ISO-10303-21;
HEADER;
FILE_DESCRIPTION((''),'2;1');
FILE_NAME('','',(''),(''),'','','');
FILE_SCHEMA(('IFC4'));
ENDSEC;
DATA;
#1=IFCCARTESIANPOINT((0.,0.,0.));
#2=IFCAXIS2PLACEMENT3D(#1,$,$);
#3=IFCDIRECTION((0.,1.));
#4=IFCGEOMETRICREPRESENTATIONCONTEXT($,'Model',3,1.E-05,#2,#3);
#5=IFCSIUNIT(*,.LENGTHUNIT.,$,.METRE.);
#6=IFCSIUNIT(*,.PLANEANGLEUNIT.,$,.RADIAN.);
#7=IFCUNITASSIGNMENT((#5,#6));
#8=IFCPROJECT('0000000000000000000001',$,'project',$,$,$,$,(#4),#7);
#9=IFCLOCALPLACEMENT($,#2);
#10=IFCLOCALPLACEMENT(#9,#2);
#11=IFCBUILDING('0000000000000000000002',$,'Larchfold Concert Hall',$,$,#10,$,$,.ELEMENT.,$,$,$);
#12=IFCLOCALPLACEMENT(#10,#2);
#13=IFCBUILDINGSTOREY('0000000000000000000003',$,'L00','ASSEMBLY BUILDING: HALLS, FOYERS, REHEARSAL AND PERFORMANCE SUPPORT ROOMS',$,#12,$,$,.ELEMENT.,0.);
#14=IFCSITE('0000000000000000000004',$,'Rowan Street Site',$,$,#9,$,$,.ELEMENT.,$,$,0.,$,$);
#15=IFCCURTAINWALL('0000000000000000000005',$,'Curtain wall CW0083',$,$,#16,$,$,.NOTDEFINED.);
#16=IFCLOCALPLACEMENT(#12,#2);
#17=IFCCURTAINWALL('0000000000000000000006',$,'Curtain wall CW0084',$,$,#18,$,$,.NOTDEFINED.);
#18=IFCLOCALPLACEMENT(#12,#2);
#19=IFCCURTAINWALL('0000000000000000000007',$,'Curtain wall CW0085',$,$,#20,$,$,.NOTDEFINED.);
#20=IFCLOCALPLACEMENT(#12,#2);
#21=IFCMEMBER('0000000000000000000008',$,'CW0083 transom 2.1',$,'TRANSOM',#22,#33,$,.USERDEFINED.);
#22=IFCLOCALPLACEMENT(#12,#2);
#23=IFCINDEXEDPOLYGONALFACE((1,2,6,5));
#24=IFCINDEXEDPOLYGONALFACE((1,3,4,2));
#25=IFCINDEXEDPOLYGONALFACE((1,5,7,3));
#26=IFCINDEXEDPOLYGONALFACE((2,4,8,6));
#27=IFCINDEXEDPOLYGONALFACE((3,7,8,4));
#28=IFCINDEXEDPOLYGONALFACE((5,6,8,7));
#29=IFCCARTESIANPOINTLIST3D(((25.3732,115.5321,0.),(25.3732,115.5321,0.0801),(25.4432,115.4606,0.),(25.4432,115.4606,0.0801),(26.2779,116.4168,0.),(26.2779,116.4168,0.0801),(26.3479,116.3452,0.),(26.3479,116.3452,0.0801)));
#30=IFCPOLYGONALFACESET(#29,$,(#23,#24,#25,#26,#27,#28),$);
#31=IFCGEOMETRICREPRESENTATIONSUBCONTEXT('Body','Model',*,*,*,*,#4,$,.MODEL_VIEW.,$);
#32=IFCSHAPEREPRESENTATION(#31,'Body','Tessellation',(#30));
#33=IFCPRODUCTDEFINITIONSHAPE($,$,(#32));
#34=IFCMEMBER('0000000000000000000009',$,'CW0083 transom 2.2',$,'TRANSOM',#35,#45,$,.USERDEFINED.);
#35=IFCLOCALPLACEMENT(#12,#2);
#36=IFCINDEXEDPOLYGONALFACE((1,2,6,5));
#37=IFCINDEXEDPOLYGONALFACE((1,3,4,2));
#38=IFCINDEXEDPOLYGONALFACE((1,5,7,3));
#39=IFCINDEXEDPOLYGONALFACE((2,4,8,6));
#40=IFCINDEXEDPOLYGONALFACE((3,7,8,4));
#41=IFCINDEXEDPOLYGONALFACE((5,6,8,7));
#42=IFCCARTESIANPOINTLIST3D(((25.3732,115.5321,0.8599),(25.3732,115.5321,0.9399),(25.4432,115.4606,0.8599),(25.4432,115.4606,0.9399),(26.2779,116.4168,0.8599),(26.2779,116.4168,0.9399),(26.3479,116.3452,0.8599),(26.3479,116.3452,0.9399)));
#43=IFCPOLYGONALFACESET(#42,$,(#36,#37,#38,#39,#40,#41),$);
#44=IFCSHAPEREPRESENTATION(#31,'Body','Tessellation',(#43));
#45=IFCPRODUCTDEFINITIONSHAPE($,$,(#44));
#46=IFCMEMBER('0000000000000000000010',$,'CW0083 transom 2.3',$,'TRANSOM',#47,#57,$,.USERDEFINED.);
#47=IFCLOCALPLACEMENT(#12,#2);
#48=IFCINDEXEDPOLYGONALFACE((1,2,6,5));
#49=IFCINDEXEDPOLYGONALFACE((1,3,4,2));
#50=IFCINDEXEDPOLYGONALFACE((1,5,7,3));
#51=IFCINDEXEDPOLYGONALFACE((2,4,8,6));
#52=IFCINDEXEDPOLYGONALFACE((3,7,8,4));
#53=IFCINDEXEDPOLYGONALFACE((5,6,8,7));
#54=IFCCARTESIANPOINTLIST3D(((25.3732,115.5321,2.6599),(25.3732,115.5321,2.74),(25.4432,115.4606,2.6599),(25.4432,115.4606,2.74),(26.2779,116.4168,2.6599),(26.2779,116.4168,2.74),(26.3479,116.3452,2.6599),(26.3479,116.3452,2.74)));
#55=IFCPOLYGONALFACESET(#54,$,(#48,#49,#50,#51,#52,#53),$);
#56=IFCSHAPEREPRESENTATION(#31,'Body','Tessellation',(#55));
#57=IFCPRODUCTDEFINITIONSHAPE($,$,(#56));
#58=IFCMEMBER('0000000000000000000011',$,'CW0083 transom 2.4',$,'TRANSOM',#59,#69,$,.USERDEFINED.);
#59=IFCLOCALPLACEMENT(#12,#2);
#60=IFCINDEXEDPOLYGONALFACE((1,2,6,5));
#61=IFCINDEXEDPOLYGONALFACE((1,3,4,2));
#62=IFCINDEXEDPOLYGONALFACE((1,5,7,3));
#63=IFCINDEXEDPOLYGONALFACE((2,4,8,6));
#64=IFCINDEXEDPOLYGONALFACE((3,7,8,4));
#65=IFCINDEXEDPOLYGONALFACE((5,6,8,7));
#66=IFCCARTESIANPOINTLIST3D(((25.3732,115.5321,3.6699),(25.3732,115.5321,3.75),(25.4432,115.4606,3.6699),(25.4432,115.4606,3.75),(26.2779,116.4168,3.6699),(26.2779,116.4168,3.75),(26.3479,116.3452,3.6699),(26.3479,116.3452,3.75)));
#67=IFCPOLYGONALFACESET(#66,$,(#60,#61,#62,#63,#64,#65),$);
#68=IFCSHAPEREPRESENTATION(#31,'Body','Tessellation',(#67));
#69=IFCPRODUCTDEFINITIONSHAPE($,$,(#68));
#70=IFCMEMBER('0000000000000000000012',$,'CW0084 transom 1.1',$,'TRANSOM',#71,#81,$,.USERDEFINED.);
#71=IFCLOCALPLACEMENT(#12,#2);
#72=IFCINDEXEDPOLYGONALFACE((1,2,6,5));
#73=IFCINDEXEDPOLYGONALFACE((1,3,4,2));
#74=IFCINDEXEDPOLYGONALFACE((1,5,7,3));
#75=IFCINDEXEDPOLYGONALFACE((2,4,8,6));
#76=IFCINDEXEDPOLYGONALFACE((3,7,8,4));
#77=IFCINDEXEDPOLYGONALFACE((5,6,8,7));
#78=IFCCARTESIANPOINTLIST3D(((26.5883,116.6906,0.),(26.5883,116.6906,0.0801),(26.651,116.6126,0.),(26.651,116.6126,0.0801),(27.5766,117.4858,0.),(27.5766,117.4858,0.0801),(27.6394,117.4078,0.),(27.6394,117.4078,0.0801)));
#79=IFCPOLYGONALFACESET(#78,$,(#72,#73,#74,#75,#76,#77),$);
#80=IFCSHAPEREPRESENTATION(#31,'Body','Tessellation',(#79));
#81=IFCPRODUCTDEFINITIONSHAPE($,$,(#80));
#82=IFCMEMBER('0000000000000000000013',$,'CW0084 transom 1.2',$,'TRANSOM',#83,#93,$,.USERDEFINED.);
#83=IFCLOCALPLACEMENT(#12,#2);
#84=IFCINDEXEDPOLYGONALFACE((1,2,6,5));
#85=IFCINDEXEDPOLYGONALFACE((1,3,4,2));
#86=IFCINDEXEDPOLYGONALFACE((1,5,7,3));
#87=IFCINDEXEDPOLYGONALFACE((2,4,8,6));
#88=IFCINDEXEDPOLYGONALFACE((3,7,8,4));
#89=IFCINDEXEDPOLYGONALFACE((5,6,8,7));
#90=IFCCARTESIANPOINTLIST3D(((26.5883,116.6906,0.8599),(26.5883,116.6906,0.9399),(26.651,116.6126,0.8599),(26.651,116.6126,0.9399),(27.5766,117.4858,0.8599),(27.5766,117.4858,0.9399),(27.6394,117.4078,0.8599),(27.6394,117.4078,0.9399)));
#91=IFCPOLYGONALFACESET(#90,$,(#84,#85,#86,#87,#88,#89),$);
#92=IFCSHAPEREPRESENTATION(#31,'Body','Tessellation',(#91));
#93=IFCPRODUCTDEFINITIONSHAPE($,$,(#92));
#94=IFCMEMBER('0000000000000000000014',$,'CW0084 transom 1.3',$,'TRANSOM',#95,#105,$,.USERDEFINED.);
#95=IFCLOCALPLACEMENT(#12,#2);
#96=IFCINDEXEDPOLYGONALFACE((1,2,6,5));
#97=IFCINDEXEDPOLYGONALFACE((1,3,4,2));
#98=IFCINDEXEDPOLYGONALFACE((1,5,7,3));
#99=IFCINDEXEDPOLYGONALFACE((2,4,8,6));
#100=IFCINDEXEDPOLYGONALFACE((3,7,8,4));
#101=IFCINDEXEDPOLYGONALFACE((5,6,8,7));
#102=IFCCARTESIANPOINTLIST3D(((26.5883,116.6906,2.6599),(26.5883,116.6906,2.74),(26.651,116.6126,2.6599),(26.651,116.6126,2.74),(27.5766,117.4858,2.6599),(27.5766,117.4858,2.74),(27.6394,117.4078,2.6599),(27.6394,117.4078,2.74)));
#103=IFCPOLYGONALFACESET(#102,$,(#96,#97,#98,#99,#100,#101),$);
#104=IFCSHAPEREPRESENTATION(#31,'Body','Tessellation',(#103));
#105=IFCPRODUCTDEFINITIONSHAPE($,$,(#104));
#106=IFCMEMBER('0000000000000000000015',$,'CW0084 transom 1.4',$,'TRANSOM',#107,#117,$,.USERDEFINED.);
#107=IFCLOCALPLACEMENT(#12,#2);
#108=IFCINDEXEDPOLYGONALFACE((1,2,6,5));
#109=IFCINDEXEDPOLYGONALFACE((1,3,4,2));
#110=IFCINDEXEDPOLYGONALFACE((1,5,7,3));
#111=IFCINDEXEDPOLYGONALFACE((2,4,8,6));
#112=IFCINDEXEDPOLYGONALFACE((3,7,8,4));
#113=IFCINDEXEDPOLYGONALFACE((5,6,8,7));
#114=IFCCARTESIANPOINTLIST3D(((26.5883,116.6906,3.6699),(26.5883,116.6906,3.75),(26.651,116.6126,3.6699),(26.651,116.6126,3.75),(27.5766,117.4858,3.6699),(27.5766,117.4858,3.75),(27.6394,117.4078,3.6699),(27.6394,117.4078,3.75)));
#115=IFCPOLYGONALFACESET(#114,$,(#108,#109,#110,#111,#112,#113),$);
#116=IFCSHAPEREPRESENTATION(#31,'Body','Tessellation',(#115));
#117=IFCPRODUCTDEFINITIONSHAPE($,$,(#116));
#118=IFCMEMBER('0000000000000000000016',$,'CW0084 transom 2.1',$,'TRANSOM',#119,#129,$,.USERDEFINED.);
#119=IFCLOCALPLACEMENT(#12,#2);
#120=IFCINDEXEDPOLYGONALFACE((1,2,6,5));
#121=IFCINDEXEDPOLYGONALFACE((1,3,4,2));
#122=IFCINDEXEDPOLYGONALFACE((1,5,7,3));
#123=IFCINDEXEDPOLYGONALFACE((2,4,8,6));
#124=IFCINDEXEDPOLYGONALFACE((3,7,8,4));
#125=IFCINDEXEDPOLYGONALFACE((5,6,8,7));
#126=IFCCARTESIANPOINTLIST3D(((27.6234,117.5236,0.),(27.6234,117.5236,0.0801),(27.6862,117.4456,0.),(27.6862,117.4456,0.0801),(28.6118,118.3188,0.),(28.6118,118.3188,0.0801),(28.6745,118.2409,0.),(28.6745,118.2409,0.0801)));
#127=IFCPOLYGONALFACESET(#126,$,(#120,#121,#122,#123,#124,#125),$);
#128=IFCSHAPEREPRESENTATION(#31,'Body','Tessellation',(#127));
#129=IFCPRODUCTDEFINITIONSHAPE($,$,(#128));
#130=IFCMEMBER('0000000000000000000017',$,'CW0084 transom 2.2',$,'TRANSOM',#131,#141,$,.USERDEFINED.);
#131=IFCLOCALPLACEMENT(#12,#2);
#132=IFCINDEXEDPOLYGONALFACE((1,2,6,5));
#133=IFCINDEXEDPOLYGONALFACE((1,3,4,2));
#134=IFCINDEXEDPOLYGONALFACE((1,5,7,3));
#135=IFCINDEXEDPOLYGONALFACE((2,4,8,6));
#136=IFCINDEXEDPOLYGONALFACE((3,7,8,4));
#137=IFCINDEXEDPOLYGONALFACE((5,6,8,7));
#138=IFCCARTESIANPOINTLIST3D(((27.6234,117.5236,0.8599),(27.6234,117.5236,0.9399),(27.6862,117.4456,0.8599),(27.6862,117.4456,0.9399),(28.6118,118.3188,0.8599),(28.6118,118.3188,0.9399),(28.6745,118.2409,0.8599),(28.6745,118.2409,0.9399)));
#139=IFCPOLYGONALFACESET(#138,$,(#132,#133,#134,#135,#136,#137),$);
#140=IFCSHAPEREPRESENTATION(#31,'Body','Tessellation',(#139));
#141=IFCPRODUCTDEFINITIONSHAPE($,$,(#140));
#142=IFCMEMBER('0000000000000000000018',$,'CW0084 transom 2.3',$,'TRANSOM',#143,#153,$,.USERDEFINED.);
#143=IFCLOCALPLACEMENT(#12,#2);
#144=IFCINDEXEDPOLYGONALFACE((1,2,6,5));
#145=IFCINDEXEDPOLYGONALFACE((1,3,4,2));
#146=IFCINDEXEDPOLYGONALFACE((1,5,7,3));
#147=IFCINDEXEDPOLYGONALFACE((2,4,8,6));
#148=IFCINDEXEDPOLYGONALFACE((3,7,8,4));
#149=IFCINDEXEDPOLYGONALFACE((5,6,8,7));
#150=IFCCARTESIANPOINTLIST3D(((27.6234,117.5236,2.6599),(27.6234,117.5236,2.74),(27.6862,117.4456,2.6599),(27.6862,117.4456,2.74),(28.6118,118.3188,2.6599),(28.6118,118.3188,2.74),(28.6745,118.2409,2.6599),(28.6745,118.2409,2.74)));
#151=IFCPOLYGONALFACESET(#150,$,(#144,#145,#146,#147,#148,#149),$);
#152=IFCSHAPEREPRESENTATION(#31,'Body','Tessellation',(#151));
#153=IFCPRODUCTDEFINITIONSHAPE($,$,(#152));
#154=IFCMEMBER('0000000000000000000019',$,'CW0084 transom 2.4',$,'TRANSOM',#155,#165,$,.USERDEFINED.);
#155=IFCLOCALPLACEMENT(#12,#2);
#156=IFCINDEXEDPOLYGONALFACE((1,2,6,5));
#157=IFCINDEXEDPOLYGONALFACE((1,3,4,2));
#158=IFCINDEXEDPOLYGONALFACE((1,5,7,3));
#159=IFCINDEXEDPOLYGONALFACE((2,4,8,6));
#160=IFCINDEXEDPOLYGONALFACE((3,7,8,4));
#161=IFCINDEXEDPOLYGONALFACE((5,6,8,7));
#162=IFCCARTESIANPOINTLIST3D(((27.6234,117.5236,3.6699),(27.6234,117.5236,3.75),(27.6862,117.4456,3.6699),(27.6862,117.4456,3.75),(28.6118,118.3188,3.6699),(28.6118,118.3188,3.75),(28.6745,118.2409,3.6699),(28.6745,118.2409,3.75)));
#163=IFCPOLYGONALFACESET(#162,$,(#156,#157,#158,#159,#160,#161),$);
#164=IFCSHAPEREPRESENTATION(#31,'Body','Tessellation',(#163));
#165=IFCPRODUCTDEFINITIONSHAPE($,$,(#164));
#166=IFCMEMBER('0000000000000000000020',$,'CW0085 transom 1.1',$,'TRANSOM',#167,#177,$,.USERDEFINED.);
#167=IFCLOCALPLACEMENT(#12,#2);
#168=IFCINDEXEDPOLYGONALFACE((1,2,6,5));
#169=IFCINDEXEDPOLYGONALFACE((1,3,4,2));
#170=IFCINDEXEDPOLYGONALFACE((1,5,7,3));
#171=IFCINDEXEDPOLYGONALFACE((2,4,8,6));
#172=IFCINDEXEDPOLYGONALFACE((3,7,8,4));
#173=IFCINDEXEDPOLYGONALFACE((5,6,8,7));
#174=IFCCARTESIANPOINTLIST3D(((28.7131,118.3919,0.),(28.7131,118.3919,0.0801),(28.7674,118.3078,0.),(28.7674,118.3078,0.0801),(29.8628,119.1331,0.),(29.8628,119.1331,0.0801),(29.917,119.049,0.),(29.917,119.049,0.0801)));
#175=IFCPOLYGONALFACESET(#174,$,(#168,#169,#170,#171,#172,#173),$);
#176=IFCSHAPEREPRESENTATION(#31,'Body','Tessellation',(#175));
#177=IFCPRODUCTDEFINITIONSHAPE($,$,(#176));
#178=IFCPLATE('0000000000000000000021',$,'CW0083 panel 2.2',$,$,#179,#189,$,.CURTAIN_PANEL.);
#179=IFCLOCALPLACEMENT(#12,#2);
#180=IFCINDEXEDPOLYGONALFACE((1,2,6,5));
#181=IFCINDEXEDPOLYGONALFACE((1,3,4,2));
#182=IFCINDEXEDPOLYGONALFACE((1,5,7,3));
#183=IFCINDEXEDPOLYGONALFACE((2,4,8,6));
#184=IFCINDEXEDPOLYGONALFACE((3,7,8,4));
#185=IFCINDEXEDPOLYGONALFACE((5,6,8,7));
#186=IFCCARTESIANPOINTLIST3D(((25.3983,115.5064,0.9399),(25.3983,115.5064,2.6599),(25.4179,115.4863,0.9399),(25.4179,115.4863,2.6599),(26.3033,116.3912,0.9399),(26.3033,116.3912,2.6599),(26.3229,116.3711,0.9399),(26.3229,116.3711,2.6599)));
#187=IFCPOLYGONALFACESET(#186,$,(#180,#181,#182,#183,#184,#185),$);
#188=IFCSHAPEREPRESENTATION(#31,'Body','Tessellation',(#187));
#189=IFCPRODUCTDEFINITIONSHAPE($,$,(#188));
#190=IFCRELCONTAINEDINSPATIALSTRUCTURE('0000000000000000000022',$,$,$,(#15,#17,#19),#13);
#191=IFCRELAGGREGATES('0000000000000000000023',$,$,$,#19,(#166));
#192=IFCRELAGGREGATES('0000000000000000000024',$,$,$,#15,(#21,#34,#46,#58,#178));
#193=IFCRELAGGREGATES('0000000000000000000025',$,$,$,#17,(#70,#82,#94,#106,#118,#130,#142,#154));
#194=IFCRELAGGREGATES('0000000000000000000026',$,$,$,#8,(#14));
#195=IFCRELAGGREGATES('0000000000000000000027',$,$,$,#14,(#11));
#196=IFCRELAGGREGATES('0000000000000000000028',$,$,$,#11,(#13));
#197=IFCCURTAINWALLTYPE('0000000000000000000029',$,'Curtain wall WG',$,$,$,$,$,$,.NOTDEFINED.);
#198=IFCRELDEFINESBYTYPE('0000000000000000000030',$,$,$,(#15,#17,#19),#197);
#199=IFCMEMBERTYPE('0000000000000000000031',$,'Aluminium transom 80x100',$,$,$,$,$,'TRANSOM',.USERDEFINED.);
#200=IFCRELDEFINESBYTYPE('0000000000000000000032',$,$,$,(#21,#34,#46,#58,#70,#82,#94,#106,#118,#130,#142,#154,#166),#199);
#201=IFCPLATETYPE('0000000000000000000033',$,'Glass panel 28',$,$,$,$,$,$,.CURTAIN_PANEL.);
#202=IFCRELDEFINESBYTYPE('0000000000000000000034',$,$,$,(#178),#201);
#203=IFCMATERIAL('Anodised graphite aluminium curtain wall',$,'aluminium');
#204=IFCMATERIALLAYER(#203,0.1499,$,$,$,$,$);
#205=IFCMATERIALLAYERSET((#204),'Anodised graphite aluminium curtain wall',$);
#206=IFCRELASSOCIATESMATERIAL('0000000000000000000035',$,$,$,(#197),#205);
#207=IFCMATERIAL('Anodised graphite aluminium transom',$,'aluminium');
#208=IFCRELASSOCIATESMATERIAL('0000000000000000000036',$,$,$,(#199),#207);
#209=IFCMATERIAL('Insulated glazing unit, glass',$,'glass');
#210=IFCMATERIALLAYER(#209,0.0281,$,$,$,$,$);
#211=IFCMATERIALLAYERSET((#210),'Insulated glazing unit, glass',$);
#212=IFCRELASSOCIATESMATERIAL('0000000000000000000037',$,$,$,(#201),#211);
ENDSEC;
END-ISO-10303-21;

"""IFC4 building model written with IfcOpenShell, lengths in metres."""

from ifc_helpers import new_model, si_unit, direction, frame, origin, origin_2d, place, context, subcontext, project, spatial, rectangle, extrude, material, layer, layer_set, material_profile, profile_set, type_object, element, aggregate, save


model = new_model("IFC4")

# Units and contexts
model_context = context("Model", 3, precision=1e-05, world=origin(), true_north=direction((0.0, 1.0)))
body_context = subcontext(model_context, "Body", "Model", "MODEL_VIEW")
ifc_project = project(units=[si_unit("LENGTHUNIT", "METRE"), si_unit("PLANEANGLEUNIT", "RADIAN")], contexts=[model_context])

# Site, building, storey
site_placement = place(None, origin())
site = spatial("IfcSite", under=ifc_project, at=site_placement, Name="Rowan Street Site", CompositionType="ELEMENT", RefElevation=0.0)
building_placement = place(site_placement, origin())
building = spatial("IfcBuilding", under=site, at=building_placement, Name="Larchfold Concert Hall", CompositionType="ELEMENT")
storey_placement = place(building_placement, origin())
storey = spatial("IfcBuildingStorey", under=building, at=storey_placement, Name="L00", Description="ASSEMBLY BUILDING: HALLS, FOYERS, REHEARSAL AND PERFORMANCE SUPPORT ROOMS", CompositionType="ELEMENT", Elevation=0.0)

# Curtain walls
ifc_material_1 = material(Name="Anodised graphite aluminium curtain wall", Category="aluminium")
ifc_layer_1 = layer(ifc_material_1, 0.1499)
ifc_layer_set_1 = layer_set([ifc_layer_1], Name="Anodised graphite aluminium curtain wall")
curtain_wall_type = type_object("IfcCurtainWallType", Name="Curtain wall WG", PredefinedType="NOTDEFINED", material=ifc_layer_set_1)
curtain_wall_1_placement = place(storey_placement, origin())
curtain_wall_1 = element("IfcCurtainWall", 1, at=curtain_wall_1_placement, inside=storey, type_object=curtain_wall_type, Name="Curtain wall CW0083", PredefinedType="NOTDEFINED")
curtain_wall_2_placement = place(storey_placement, origin())
curtain_wall_2 = element("IfcCurtainWall", 2, at=curtain_wall_2_placement, inside=storey, type_object=curtain_wall_type, Name="Curtain wall CW0084", PredefinedType="NOTDEFINED")

# Curtain wall
curtain_wall_3_placement = place(storey_placement, origin())
curtain_wall_3 = element("IfcCurtainWall", 3, at=curtain_wall_3_placement, inside=storey, type_object=curtain_wall_type, Name="Curtain wall CW0085", PredefinedType="NOTDEFINED")

# Members
ifc_material_2 = material(Name="Anodised graphite aluminium transom", Category="aluminium")
ifc_material_profile_1 = material_profile(ifc_material_2, rectangle(XDim=0.1001, YDim=0.0801, at=origin_2d()))
ifc_profile_set_1 = profile_set([ifc_material_profile_1], Name="Anodised graphite aluminium transom")
member_type_1 = type_object("IfcMemberType", Name="Aluminium transom 80x100", ElementType="TRANSOM", PredefinedType="USERDEFINED", material=ifc_profile_set_1)
member_1_placement = place(storey_placement, frame((25.4082, 115.4963, 0.04), z_axis=(0.714972, 0.699153, 0.0), x_axis=(-0.699153, 0.714972, 0.0)))
member_1 = element("IfcMember", 4, at=member_1_placement, type_object=member_type_1, Name="CW0083 transom 2.1", ObjectType="TRANSOM", PredefinedType="USERDEFINED", context=body_context, shape_type="SweptSolid", body=[
    extrude(rectangle(XDim=0.1001, YDim=0.0801, at=origin_2d()), origin(), (0.0, 0.0, 1.0), 1.2654),
])
member_2_placement = place(storey_placement, frame((25.4082, 115.4963, 0.8999), z_axis=(0.714972, 0.699153, 0.0), x_axis=(-0.699153, 0.714972, 0.0)))
member_2 = element("IfcMember", 5, at=member_2_placement, type_object=member_type_1, Name="CW0083 transom 2.2", ObjectType="TRANSOM", PredefinedType="USERDEFINED", context=body_context, shape_type="SweptSolid", body=[
    extrude(rectangle(XDim=0.1001, YDim=0.0801, at=origin_2d()), origin(), (0.0, 0.0, 1.0), 1.2654),
])
member_3_placement = place(storey_placement, frame((25.4082, 115.4963, 2.7), z_axis=(0.714972, 0.699153, 0.0), x_axis=(-0.699153, 0.714972, 0.0)))
member_3 = element("IfcMember", 6, at=member_3_placement, type_object=member_type_1, Name="CW0083 transom 2.3", ObjectType="TRANSOM", PredefinedType="USERDEFINED", context=body_context, shape_type="SweptSolid", body=[
    extrude(rectangle(XDim=0.1001, YDim=0.0801, at=origin_2d()), origin(), (0.0, 0.0, 1.0), 1.2654),
])
member_4_placement = place(storey_placement, frame((25.4082, 115.4963, 3.71), z_axis=(0.714972, 0.699153, 0.0), x_axis=(-0.699153, 0.714972, 0.0)))
member_4 = element("IfcMember", 7, at=member_4_placement, type_object=member_type_1, Name="CW0083 transom 2.4", ObjectType="TRANSOM", PredefinedType="USERDEFINED", context=body_context, shape_type="SweptSolid", body=[
    extrude(rectangle(XDim=0.1001, YDim=0.0801, at=origin_2d()), origin(), (0.0, 0.0, 1.0), 1.2654),
])
member_5_placement = place(storey_placement, frame((26.6196, 116.6516, 0.04), z_axis=(0.779119, 0.626876, 0.0), x_axis=(-0.626876, 0.779119, 0.0)))
member_5 = element("IfcMember", 8, at=member_5_placement, type_object=member_type_1, Name="CW0084 transom 1.1", ObjectType="TRANSOM", PredefinedType="USERDEFINED", context=body_context, shape_type="SweptSolid", body=[
    extrude(rectangle(XDim=0.1001, YDim=0.0801, at=origin_2d()), origin(), (0.0, 0.0, 1.0), 1.2686),
])
member_6_placement = place(storey_placement, frame((26.6196, 116.6516, 0.8999), z_axis=(0.779119, 0.626876, 0.0), x_axis=(-0.626876, 0.779119, 0.0)))
member_6 = element("IfcMember", 9, at=member_6_placement, type_object=member_type_1, Name="CW0084 transom 1.2", ObjectType="TRANSOM", PredefinedType="USERDEFINED", context=body_context, shape_type="SweptSolid", body=[
    extrude(rectangle(XDim=0.1001, YDim=0.0801, at=origin_2d()), origin(), (0.0, 0.0, 1.0), 1.2686),
])
member_7_placement = place(storey_placement, frame((26.6196, 116.6516, 2.7), z_axis=(0.779119, 0.626876, 0.0), x_axis=(-0.626876, 0.779119, 0.0)))
member_7 = element("IfcMember", 10, at=member_7_placement, type_object=member_type_1, Name="CW0084 transom 1.3", ObjectType="TRANSOM", PredefinedType="USERDEFINED", context=body_context, shape_type="SweptSolid", body=[
    extrude(rectangle(XDim=0.1001, YDim=0.0801, at=origin_2d()), origin(), (0.0, 0.0, 1.0), 1.2686),
])
member_8_placement = place(storey_placement, frame((26.6196, 116.6516, 3.71), z_axis=(0.779119, 0.626876, 0.0), x_axis=(-0.626876, 0.779119, 0.0)))
member_8 = element("IfcMember", 11, at=member_8_placement, type_object=member_type_1, Name="CW0084 transom 1.4", ObjectType="TRANSOM", PredefinedType="USERDEFINED", context=body_context, shape_type="SweptSolid", body=[
    extrude(rectangle(XDim=0.1001, YDim=0.0801, at=origin_2d()), origin(), (0.0, 0.0, 1.0), 1.2686),
])
member_9_placement = place(storey_placement, frame((27.6548, 117.4846, 0.04), z_axis=(0.779119, 0.626876, 0.0), x_axis=(-0.626876, 0.779119, 0.0)))
member_9 = element("IfcMember", 12, at=member_9_placement, type_object=member_type_1, Name="CW0084 transom 2.1", ObjectType="TRANSOM", PredefinedType="USERDEFINED", context=body_context, shape_type="SweptSolid", body=[
    extrude(rectangle(XDim=0.1001, YDim=0.0801, at=origin_2d()), origin(), (0.0, 0.0, 1.0), 1.2686),
])
member_10_placement = place(storey_placement, frame((27.6548, 117.4846, 0.8999), z_axis=(0.779119, 0.626876, 0.0), x_axis=(-0.626876, 0.779119, 0.0)))
member_10 = element("IfcMember", 13, at=member_10_placement, type_object=member_type_1, Name="CW0084 transom 2.2", ObjectType="TRANSOM", PredefinedType="USERDEFINED", context=body_context, shape_type="SweptSolid", body=[
    extrude(rectangle(XDim=0.1001, YDim=0.0801, at=origin_2d()), origin(), (0.0, 0.0, 1.0), 1.2686),
])
member_11_placement = place(storey_placement, frame((27.6548, 117.4846, 2.7), z_axis=(0.779119, 0.626876, 0.0), x_axis=(-0.626876, 0.779119, 0.0)))
member_11 = element("IfcMember", 14, at=member_11_placement, type_object=member_type_1, Name="CW0084 transom 2.3", ObjectType="TRANSOM", PredefinedType="USERDEFINED", context=body_context, shape_type="SweptSolid", body=[
    extrude(rectangle(XDim=0.1001, YDim=0.0801, at=origin_2d()), origin(), (0.0, 0.0, 1.0), 1.2686),
])
member_12_placement = place(storey_placement, frame((27.6548, 117.4846, 3.71), z_axis=(0.779119, 0.626876, 0.0), x_axis=(-0.626876, 0.779119, 0.0)))
member_12 = element("IfcMember", 15, at=member_12_placement, type_object=member_type_1, Name="CW0084 transom 2.4", ObjectType="TRANSOM", PredefinedType="USERDEFINED", context=body_context, shape_type="SweptSolid", body=[
    extrude(rectangle(XDim=0.1001, YDim=0.0801, at=origin_2d()), origin(), (0.0, 0.0, 1.0), 1.2686),
])
member_13_placement = place(storey_placement, frame((28.7402, 118.3499, 0.04), z_axis=(0.840464, 0.541867, 0.0), x_axis=(-0.541867, 0.840464, 0.0)))
member_13 = element("IfcMember", 16, at=member_13_placement, type_object=member_type_1, Name="CW0085 transom 1.1", ObjectType="TRANSOM", PredefinedType="USERDEFINED", context=body_context, shape_type="SweptSolid", body=[
    extrude(rectangle(XDim=0.1001, YDim=0.0801, at=origin_2d()), origin(), (0.0, 0.0, 1.0), 1.3679),
])
aggregate(curtain_wall_3, [member_13])

# Plate
ifc_material_3 = material(Name="Insulated glazing unit, glass", Category="glass")
ifc_layer_2 = layer(ifc_material_3, 0.0281)
ifc_layer_set_2 = layer_set([ifc_layer_2], Name="Insulated glazing unit, glass")
plate_type_1 = type_object("IfcPlateType", Name="Glass panel 28", PredefinedType="CURTAIN_PANEL", material=ifc_layer_set_2)
plate_1_placement = place(storey_placement, frame((25.8606, 115.9387, 0.9399), z_axis=(0.0, 0.0, 1.0), x_axis=(0.715032, 0.699092, 0.0)))
plate_1 = element("IfcPlate", 17, at=plate_1_placement, type_object=plate_type_1, Name="CW0083 panel 2.2", PredefinedType="CURTAIN_PANEL", context=body_context, shape_type="SweptSolid", body=[
    extrude(rectangle(XDim=1.2656, YDim=0.0281, at=origin_2d()), origin(), (0.0, 0.0, 1.0), 1.72),
])
aggregate(curtain_wall_1, [member_1, member_2, member_3, member_4, plate_1])
aggregate(curtain_wall_2, [member_5, member_6, member_7, member_8, member_9, member_10, member_11, member_12])

save(model, "model.ifc")
